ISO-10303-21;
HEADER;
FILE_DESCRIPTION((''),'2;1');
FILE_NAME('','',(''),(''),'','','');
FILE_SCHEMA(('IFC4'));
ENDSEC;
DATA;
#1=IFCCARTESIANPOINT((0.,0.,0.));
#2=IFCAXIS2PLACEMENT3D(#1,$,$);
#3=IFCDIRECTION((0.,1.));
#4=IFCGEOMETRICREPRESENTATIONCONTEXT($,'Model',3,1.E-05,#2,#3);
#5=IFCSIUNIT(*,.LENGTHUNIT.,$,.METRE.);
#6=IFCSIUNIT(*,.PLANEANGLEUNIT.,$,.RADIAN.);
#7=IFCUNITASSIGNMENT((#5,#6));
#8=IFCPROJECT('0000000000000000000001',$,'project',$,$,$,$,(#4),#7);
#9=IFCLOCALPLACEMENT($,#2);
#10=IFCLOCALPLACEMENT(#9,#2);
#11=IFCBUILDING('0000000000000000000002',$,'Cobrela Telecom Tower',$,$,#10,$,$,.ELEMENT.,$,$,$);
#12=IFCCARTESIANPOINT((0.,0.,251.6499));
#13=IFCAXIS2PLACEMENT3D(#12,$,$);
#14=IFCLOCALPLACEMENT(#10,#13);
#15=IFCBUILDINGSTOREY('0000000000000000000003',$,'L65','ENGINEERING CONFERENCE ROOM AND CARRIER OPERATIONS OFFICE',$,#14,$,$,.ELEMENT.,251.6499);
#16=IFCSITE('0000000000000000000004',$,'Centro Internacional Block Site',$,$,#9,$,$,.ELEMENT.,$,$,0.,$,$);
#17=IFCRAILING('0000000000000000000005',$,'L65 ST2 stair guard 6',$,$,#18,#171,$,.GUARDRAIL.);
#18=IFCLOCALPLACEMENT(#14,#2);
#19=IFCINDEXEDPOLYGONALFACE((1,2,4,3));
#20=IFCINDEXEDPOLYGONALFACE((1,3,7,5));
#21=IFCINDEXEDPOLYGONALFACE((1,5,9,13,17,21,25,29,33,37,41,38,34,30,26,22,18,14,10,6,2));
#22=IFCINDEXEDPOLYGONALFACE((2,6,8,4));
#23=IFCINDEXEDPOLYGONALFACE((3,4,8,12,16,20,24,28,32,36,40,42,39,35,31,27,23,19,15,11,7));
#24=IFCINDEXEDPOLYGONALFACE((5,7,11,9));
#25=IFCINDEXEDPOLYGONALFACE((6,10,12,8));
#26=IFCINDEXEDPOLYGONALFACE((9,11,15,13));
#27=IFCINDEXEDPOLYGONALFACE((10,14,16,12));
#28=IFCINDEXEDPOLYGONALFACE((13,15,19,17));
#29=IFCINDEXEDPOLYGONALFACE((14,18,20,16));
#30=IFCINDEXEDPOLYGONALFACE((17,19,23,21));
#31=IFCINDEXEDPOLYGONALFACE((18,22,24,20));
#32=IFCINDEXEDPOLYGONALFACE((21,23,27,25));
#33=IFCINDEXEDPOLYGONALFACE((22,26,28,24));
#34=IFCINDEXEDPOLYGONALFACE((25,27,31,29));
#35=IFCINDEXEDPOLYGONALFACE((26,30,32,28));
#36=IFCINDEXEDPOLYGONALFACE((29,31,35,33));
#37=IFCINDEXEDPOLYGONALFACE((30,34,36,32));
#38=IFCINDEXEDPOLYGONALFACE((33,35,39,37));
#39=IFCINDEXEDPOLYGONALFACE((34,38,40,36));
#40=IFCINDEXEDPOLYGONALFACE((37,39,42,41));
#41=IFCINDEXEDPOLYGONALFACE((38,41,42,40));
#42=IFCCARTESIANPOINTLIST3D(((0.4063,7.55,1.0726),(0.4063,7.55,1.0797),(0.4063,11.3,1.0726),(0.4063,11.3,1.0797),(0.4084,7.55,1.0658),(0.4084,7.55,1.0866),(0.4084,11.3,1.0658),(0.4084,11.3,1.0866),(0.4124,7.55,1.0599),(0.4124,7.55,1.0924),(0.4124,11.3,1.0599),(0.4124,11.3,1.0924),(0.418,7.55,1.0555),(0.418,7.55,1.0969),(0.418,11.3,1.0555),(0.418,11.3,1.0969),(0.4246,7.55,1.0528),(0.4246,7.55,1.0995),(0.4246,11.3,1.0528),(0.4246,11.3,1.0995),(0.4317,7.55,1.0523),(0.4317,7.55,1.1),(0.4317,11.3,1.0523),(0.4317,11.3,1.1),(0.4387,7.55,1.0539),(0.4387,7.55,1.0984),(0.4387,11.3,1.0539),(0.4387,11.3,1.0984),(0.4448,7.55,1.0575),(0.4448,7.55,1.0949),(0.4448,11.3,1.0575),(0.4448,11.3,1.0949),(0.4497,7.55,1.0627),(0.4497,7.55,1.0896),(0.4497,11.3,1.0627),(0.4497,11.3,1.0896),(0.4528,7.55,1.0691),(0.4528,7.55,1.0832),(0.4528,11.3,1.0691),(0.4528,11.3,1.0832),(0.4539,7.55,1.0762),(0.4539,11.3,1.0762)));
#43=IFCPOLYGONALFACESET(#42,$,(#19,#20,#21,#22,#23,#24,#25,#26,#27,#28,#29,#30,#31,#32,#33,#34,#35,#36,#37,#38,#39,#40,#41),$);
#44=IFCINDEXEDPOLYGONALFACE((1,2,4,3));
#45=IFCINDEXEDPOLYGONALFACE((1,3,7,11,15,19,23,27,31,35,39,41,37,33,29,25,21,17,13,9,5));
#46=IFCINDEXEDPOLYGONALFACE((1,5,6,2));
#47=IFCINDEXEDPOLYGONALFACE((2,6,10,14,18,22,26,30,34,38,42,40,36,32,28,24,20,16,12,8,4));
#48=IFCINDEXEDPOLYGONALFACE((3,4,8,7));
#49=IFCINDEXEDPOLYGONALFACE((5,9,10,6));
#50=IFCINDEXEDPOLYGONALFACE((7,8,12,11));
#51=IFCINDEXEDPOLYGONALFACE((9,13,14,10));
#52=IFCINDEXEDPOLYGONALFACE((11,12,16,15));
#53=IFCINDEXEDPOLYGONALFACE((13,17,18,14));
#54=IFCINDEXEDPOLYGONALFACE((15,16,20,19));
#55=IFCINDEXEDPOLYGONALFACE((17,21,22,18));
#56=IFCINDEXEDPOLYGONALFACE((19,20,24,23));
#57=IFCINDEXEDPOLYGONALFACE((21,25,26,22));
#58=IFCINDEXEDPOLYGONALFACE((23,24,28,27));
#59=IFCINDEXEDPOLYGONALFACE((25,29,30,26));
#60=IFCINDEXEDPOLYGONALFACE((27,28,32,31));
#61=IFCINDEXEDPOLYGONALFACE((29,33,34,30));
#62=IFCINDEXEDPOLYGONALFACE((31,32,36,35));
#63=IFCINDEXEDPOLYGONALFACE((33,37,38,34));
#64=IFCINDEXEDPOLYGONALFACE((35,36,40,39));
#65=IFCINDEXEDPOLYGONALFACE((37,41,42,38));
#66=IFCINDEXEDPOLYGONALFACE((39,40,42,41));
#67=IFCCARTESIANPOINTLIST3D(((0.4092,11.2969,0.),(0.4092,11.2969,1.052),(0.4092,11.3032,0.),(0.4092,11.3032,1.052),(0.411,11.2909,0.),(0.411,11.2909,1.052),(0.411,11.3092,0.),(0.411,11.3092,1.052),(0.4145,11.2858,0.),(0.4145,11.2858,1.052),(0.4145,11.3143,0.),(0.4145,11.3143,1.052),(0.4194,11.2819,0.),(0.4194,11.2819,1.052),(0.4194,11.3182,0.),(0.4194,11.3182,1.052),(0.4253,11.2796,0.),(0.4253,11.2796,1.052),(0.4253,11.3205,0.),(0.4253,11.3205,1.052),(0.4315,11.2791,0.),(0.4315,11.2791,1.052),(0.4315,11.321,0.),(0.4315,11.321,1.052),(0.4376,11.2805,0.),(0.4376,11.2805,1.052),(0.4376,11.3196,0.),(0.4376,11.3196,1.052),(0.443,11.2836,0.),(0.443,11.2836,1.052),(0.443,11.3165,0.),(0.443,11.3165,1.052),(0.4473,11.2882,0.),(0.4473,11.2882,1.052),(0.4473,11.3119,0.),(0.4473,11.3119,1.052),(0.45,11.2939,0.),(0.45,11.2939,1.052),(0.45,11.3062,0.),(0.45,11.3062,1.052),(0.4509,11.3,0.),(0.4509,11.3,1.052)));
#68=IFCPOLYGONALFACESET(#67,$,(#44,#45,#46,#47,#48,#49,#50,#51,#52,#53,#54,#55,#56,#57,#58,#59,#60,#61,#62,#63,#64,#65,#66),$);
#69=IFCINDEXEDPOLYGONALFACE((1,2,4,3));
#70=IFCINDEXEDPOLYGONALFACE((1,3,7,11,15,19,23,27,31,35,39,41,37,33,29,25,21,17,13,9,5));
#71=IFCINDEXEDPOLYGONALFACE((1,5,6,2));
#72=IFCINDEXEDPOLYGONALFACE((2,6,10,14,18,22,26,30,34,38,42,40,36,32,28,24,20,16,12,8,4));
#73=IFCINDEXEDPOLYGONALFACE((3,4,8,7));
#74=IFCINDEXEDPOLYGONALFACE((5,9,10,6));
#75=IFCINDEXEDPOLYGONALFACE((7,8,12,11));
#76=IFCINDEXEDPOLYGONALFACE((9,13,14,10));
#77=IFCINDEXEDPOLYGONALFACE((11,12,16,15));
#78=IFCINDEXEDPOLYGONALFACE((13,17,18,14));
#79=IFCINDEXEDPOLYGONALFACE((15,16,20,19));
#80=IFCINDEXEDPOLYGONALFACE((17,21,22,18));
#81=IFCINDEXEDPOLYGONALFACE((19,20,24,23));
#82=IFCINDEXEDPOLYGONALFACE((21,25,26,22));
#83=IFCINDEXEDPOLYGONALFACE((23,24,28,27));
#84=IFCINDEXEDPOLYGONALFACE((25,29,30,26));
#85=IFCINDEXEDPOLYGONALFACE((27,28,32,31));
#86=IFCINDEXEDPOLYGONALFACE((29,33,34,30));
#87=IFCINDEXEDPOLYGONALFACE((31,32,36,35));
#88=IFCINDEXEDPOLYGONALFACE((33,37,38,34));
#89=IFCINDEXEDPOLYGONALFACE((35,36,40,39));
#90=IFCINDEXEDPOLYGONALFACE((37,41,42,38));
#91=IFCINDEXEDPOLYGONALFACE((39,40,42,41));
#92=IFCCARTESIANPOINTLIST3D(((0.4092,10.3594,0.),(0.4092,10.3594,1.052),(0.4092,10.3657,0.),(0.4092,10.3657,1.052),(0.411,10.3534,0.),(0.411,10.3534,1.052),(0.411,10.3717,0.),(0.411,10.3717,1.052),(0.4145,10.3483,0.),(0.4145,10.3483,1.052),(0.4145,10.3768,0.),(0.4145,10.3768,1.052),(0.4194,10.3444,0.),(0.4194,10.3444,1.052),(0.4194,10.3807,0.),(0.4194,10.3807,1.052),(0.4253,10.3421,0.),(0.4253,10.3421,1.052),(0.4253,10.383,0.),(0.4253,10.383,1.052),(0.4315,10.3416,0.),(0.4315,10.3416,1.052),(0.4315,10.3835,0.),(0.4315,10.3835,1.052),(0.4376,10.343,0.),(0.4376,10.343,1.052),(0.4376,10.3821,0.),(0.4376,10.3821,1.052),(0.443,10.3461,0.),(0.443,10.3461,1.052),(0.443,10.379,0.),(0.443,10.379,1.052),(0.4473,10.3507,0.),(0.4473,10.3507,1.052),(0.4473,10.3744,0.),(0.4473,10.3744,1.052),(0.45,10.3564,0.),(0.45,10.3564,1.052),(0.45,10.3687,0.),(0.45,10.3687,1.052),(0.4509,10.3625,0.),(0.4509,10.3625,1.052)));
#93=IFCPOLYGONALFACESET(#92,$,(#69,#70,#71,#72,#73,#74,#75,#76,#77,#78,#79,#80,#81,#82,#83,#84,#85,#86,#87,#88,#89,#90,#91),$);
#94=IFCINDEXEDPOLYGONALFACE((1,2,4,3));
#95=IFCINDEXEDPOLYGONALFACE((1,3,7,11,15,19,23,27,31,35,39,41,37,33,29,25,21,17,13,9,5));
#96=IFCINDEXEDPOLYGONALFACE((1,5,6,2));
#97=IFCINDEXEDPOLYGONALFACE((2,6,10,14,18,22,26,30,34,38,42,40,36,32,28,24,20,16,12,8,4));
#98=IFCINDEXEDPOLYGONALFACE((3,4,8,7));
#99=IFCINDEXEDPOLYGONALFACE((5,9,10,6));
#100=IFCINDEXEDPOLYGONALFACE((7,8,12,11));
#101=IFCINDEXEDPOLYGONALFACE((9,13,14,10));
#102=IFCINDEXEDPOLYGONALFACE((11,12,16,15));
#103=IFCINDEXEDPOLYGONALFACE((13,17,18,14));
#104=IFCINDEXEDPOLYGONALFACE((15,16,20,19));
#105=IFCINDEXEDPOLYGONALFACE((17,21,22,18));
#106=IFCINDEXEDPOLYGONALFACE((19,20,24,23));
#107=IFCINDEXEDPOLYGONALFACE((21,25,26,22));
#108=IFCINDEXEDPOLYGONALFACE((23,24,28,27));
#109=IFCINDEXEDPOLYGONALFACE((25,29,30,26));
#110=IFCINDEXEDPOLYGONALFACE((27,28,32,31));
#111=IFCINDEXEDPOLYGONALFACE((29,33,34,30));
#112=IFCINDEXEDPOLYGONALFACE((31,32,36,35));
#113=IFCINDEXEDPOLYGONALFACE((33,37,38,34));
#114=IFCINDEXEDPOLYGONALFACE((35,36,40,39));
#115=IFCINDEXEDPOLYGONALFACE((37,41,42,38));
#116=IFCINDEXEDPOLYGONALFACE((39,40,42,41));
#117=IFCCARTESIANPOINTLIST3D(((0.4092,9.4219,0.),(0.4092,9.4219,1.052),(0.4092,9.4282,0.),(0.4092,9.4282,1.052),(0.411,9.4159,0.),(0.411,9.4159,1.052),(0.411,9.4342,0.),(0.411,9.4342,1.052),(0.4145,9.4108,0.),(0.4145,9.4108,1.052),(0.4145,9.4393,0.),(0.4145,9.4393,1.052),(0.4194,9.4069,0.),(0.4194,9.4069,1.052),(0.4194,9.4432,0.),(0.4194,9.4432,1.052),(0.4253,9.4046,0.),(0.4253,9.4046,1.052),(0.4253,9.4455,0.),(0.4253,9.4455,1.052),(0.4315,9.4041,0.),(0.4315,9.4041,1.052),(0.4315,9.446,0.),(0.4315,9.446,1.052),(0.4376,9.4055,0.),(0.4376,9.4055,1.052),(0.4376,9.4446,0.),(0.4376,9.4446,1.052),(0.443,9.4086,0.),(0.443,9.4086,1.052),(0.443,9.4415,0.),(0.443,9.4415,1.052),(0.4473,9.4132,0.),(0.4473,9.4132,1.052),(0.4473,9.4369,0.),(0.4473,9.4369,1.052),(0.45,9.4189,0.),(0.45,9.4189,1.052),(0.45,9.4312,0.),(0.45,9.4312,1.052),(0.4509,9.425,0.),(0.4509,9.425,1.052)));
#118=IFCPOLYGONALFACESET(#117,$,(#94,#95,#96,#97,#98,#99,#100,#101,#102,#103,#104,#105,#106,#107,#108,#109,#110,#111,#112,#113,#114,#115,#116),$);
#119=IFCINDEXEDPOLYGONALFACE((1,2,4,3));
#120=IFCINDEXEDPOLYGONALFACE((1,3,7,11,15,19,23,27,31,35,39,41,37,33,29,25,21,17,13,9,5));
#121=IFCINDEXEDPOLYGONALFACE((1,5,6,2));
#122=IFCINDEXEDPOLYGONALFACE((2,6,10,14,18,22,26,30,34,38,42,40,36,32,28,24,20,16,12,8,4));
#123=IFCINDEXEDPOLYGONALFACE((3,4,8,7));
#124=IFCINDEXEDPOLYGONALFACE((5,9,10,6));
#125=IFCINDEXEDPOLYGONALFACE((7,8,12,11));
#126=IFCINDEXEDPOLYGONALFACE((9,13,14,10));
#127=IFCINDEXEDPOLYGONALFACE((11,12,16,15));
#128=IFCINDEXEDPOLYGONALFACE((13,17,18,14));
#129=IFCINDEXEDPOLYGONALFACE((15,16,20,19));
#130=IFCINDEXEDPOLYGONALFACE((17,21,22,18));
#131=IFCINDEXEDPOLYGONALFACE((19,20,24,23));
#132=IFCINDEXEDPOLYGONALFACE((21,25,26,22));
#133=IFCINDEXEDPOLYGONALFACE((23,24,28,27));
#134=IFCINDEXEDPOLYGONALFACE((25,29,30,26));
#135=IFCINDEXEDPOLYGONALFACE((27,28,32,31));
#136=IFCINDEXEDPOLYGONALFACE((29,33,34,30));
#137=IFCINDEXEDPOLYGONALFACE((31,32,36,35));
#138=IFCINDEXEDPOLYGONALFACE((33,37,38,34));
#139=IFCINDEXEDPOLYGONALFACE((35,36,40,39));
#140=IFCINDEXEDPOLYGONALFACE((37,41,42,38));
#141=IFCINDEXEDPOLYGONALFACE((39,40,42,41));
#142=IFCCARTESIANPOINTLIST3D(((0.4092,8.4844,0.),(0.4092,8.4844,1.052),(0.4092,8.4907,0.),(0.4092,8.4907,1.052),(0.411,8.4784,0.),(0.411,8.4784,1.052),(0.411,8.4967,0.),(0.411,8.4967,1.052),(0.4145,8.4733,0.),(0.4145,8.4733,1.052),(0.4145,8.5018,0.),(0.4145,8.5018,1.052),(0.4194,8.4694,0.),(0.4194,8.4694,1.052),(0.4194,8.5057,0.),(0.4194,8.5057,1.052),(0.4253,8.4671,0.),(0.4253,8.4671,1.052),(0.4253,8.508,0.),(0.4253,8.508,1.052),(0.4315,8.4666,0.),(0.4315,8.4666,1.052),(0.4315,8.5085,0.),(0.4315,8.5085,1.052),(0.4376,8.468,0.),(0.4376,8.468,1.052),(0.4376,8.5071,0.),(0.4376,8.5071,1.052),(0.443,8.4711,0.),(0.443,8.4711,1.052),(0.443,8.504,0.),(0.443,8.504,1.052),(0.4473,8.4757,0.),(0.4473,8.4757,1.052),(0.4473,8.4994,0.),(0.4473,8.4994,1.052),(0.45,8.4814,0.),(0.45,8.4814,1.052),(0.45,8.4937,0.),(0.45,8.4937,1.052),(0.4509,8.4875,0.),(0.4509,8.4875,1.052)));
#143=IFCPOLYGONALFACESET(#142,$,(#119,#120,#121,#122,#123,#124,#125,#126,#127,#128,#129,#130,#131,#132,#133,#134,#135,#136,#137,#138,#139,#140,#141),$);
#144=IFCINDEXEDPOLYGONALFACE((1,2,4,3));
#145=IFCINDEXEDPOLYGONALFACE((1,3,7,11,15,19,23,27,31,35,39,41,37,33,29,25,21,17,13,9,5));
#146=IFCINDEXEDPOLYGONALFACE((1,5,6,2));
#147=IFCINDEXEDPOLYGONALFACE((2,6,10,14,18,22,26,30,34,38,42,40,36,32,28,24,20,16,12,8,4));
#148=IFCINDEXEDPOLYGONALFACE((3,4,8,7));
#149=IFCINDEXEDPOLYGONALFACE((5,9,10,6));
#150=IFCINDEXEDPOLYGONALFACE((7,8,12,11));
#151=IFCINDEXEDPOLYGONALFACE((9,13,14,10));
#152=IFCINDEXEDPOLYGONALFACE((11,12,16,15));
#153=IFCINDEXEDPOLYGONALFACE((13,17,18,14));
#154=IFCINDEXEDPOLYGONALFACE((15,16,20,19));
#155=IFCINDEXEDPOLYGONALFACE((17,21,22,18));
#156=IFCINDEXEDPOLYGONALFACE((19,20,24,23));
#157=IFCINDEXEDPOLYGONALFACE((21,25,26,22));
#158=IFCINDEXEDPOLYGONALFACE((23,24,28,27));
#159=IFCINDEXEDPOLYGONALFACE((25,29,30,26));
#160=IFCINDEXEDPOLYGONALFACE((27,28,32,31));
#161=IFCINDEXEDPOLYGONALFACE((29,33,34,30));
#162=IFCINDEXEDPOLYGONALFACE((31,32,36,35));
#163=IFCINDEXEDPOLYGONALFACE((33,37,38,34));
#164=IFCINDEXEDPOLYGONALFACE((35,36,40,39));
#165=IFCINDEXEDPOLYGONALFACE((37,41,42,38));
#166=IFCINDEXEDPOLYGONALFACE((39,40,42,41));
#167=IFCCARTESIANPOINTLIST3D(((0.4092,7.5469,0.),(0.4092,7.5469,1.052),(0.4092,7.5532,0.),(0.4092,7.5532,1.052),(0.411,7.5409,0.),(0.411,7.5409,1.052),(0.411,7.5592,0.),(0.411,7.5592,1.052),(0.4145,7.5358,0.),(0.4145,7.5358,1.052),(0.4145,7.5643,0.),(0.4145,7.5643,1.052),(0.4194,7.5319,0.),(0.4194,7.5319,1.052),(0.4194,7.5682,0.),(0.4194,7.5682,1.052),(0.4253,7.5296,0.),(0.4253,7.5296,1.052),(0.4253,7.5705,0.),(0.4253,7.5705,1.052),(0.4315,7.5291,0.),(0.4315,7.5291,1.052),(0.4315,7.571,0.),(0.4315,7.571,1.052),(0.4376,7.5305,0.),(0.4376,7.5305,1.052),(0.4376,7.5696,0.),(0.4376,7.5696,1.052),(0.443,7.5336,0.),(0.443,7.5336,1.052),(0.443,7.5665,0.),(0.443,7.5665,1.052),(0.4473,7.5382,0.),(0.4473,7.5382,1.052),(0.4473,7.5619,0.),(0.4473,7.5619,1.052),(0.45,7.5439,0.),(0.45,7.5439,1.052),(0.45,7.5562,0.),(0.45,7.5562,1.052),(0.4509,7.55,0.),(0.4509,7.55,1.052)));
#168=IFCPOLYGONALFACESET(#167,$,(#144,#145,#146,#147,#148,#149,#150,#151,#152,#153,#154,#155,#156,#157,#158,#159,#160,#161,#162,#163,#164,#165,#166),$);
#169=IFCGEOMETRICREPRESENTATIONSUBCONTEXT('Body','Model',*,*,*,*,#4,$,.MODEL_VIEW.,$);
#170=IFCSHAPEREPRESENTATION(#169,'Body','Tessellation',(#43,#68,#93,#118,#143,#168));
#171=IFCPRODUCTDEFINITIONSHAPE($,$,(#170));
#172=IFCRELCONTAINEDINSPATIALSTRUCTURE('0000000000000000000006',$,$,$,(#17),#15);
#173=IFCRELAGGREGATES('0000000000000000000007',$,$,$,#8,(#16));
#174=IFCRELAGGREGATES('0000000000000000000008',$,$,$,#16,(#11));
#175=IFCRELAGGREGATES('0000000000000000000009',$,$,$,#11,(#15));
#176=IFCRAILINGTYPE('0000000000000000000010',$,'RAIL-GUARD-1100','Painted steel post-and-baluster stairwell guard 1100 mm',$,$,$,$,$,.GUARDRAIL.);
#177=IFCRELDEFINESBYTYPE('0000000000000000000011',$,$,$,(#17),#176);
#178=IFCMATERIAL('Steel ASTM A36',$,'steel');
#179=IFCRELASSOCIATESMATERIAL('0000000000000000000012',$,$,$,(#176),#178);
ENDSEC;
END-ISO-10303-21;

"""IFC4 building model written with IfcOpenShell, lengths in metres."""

from ifc_helpers import new_model, si_unit, direction, frame, origin, origin_2d, place, context, subcontext, project, spatial, circle, extrude, material, type_object, element, save


model = new_model("IFC4")

# Units and contexts
model_context = context("Model", 3, precision=1e-05, world=origin(), true_north=direction((0.0, 1.0)))
body_context = subcontext(model_context, "Body", "Model", "MODEL_VIEW")
ifc_project = project(units=[si_unit("LENGTHUNIT", "METRE"), si_unit("PLANEANGLEUNIT", "RADIAN")], contexts=[model_context])

# Site, building, storey
site_placement = place(None, origin())
site = spatial("IfcSite", under=ifc_project, at=site_placement, Name="Centro Internacional Block Site", CompositionType="ELEMENT", RefElevation=0.0)
building_placement = place(site_placement, origin())
building = spatial("IfcBuilding", under=site, at=building_placement, Name="Cobrela Telecom Tower", CompositionType="ELEMENT")
storey_placement = place(building_placement, frame((0.0, 0.0, 251.6499)))
storey = spatial("IfcBuildingStorey", under=building, at=storey_placement, Name="L65", Description="ENGINEERING CONFERENCE ROOM AND CARRIER OPERATIONS OFFICE", CompositionType="ELEMENT", Elevation=251.6499)

# Shared definitions
ifc_material_1 = material(Name="Steel ASTM A36", Category="steel")

# Railing
railing_type = type_object("IfcRailingType", Name="RAIL-GUARD-1100", Description="Painted steel post-and-baluster stairwell guard 1100 mm", PredefinedType="GUARDRAIL", material=ifc_material_1)
railing_1_placement = place(storey_placement, frame((0.4299, 11.3, 0.0)))
element("IfcRailing", 1, at=railing_1_placement, inside=storey, type_object=railing_type, Name="L65 ST2 stair guard 6", PredefinedType="GUARDRAIL", context=body_context, shape_type="SweptSolid", body=[
    extrude(circle(Radius=0.0239, at=origin_2d()), frame((0.0, 0.0, 1.0762), z_axis=(0.0, -1.0, 0.0), x_axis=(1.0, 0.0, 0.0)), (0.0, 0.0, 1.0), 3.75),
    extrude(circle(Radius=0.021, at=origin_2d()), origin(), (0.0, 0.0, 1.0), 1.052),
    extrude(circle(Radius=0.021, at=origin_2d()), frame((0.0, -0.9375, 0.0)), (0.0, 0.0, 1.0), 1.052),
    extrude(circle(Radius=0.021, at=origin_2d()), frame((0.0, -1.875, 0.0)), (0.0, 0.0, 1.0), 1.052),
    extrude(circle(Radius=0.021, at=origin_2d()), frame((0.0, -2.8125, 0.0)), (0.0, 0.0, 1.0), 1.052),
    extrude(circle(Radius=0.021, at=origin_2d()), frame((0.0, -3.75, 0.0)), (0.0, 0.0, 1.0), 1.052),
])

save(model, "model.ifc")
